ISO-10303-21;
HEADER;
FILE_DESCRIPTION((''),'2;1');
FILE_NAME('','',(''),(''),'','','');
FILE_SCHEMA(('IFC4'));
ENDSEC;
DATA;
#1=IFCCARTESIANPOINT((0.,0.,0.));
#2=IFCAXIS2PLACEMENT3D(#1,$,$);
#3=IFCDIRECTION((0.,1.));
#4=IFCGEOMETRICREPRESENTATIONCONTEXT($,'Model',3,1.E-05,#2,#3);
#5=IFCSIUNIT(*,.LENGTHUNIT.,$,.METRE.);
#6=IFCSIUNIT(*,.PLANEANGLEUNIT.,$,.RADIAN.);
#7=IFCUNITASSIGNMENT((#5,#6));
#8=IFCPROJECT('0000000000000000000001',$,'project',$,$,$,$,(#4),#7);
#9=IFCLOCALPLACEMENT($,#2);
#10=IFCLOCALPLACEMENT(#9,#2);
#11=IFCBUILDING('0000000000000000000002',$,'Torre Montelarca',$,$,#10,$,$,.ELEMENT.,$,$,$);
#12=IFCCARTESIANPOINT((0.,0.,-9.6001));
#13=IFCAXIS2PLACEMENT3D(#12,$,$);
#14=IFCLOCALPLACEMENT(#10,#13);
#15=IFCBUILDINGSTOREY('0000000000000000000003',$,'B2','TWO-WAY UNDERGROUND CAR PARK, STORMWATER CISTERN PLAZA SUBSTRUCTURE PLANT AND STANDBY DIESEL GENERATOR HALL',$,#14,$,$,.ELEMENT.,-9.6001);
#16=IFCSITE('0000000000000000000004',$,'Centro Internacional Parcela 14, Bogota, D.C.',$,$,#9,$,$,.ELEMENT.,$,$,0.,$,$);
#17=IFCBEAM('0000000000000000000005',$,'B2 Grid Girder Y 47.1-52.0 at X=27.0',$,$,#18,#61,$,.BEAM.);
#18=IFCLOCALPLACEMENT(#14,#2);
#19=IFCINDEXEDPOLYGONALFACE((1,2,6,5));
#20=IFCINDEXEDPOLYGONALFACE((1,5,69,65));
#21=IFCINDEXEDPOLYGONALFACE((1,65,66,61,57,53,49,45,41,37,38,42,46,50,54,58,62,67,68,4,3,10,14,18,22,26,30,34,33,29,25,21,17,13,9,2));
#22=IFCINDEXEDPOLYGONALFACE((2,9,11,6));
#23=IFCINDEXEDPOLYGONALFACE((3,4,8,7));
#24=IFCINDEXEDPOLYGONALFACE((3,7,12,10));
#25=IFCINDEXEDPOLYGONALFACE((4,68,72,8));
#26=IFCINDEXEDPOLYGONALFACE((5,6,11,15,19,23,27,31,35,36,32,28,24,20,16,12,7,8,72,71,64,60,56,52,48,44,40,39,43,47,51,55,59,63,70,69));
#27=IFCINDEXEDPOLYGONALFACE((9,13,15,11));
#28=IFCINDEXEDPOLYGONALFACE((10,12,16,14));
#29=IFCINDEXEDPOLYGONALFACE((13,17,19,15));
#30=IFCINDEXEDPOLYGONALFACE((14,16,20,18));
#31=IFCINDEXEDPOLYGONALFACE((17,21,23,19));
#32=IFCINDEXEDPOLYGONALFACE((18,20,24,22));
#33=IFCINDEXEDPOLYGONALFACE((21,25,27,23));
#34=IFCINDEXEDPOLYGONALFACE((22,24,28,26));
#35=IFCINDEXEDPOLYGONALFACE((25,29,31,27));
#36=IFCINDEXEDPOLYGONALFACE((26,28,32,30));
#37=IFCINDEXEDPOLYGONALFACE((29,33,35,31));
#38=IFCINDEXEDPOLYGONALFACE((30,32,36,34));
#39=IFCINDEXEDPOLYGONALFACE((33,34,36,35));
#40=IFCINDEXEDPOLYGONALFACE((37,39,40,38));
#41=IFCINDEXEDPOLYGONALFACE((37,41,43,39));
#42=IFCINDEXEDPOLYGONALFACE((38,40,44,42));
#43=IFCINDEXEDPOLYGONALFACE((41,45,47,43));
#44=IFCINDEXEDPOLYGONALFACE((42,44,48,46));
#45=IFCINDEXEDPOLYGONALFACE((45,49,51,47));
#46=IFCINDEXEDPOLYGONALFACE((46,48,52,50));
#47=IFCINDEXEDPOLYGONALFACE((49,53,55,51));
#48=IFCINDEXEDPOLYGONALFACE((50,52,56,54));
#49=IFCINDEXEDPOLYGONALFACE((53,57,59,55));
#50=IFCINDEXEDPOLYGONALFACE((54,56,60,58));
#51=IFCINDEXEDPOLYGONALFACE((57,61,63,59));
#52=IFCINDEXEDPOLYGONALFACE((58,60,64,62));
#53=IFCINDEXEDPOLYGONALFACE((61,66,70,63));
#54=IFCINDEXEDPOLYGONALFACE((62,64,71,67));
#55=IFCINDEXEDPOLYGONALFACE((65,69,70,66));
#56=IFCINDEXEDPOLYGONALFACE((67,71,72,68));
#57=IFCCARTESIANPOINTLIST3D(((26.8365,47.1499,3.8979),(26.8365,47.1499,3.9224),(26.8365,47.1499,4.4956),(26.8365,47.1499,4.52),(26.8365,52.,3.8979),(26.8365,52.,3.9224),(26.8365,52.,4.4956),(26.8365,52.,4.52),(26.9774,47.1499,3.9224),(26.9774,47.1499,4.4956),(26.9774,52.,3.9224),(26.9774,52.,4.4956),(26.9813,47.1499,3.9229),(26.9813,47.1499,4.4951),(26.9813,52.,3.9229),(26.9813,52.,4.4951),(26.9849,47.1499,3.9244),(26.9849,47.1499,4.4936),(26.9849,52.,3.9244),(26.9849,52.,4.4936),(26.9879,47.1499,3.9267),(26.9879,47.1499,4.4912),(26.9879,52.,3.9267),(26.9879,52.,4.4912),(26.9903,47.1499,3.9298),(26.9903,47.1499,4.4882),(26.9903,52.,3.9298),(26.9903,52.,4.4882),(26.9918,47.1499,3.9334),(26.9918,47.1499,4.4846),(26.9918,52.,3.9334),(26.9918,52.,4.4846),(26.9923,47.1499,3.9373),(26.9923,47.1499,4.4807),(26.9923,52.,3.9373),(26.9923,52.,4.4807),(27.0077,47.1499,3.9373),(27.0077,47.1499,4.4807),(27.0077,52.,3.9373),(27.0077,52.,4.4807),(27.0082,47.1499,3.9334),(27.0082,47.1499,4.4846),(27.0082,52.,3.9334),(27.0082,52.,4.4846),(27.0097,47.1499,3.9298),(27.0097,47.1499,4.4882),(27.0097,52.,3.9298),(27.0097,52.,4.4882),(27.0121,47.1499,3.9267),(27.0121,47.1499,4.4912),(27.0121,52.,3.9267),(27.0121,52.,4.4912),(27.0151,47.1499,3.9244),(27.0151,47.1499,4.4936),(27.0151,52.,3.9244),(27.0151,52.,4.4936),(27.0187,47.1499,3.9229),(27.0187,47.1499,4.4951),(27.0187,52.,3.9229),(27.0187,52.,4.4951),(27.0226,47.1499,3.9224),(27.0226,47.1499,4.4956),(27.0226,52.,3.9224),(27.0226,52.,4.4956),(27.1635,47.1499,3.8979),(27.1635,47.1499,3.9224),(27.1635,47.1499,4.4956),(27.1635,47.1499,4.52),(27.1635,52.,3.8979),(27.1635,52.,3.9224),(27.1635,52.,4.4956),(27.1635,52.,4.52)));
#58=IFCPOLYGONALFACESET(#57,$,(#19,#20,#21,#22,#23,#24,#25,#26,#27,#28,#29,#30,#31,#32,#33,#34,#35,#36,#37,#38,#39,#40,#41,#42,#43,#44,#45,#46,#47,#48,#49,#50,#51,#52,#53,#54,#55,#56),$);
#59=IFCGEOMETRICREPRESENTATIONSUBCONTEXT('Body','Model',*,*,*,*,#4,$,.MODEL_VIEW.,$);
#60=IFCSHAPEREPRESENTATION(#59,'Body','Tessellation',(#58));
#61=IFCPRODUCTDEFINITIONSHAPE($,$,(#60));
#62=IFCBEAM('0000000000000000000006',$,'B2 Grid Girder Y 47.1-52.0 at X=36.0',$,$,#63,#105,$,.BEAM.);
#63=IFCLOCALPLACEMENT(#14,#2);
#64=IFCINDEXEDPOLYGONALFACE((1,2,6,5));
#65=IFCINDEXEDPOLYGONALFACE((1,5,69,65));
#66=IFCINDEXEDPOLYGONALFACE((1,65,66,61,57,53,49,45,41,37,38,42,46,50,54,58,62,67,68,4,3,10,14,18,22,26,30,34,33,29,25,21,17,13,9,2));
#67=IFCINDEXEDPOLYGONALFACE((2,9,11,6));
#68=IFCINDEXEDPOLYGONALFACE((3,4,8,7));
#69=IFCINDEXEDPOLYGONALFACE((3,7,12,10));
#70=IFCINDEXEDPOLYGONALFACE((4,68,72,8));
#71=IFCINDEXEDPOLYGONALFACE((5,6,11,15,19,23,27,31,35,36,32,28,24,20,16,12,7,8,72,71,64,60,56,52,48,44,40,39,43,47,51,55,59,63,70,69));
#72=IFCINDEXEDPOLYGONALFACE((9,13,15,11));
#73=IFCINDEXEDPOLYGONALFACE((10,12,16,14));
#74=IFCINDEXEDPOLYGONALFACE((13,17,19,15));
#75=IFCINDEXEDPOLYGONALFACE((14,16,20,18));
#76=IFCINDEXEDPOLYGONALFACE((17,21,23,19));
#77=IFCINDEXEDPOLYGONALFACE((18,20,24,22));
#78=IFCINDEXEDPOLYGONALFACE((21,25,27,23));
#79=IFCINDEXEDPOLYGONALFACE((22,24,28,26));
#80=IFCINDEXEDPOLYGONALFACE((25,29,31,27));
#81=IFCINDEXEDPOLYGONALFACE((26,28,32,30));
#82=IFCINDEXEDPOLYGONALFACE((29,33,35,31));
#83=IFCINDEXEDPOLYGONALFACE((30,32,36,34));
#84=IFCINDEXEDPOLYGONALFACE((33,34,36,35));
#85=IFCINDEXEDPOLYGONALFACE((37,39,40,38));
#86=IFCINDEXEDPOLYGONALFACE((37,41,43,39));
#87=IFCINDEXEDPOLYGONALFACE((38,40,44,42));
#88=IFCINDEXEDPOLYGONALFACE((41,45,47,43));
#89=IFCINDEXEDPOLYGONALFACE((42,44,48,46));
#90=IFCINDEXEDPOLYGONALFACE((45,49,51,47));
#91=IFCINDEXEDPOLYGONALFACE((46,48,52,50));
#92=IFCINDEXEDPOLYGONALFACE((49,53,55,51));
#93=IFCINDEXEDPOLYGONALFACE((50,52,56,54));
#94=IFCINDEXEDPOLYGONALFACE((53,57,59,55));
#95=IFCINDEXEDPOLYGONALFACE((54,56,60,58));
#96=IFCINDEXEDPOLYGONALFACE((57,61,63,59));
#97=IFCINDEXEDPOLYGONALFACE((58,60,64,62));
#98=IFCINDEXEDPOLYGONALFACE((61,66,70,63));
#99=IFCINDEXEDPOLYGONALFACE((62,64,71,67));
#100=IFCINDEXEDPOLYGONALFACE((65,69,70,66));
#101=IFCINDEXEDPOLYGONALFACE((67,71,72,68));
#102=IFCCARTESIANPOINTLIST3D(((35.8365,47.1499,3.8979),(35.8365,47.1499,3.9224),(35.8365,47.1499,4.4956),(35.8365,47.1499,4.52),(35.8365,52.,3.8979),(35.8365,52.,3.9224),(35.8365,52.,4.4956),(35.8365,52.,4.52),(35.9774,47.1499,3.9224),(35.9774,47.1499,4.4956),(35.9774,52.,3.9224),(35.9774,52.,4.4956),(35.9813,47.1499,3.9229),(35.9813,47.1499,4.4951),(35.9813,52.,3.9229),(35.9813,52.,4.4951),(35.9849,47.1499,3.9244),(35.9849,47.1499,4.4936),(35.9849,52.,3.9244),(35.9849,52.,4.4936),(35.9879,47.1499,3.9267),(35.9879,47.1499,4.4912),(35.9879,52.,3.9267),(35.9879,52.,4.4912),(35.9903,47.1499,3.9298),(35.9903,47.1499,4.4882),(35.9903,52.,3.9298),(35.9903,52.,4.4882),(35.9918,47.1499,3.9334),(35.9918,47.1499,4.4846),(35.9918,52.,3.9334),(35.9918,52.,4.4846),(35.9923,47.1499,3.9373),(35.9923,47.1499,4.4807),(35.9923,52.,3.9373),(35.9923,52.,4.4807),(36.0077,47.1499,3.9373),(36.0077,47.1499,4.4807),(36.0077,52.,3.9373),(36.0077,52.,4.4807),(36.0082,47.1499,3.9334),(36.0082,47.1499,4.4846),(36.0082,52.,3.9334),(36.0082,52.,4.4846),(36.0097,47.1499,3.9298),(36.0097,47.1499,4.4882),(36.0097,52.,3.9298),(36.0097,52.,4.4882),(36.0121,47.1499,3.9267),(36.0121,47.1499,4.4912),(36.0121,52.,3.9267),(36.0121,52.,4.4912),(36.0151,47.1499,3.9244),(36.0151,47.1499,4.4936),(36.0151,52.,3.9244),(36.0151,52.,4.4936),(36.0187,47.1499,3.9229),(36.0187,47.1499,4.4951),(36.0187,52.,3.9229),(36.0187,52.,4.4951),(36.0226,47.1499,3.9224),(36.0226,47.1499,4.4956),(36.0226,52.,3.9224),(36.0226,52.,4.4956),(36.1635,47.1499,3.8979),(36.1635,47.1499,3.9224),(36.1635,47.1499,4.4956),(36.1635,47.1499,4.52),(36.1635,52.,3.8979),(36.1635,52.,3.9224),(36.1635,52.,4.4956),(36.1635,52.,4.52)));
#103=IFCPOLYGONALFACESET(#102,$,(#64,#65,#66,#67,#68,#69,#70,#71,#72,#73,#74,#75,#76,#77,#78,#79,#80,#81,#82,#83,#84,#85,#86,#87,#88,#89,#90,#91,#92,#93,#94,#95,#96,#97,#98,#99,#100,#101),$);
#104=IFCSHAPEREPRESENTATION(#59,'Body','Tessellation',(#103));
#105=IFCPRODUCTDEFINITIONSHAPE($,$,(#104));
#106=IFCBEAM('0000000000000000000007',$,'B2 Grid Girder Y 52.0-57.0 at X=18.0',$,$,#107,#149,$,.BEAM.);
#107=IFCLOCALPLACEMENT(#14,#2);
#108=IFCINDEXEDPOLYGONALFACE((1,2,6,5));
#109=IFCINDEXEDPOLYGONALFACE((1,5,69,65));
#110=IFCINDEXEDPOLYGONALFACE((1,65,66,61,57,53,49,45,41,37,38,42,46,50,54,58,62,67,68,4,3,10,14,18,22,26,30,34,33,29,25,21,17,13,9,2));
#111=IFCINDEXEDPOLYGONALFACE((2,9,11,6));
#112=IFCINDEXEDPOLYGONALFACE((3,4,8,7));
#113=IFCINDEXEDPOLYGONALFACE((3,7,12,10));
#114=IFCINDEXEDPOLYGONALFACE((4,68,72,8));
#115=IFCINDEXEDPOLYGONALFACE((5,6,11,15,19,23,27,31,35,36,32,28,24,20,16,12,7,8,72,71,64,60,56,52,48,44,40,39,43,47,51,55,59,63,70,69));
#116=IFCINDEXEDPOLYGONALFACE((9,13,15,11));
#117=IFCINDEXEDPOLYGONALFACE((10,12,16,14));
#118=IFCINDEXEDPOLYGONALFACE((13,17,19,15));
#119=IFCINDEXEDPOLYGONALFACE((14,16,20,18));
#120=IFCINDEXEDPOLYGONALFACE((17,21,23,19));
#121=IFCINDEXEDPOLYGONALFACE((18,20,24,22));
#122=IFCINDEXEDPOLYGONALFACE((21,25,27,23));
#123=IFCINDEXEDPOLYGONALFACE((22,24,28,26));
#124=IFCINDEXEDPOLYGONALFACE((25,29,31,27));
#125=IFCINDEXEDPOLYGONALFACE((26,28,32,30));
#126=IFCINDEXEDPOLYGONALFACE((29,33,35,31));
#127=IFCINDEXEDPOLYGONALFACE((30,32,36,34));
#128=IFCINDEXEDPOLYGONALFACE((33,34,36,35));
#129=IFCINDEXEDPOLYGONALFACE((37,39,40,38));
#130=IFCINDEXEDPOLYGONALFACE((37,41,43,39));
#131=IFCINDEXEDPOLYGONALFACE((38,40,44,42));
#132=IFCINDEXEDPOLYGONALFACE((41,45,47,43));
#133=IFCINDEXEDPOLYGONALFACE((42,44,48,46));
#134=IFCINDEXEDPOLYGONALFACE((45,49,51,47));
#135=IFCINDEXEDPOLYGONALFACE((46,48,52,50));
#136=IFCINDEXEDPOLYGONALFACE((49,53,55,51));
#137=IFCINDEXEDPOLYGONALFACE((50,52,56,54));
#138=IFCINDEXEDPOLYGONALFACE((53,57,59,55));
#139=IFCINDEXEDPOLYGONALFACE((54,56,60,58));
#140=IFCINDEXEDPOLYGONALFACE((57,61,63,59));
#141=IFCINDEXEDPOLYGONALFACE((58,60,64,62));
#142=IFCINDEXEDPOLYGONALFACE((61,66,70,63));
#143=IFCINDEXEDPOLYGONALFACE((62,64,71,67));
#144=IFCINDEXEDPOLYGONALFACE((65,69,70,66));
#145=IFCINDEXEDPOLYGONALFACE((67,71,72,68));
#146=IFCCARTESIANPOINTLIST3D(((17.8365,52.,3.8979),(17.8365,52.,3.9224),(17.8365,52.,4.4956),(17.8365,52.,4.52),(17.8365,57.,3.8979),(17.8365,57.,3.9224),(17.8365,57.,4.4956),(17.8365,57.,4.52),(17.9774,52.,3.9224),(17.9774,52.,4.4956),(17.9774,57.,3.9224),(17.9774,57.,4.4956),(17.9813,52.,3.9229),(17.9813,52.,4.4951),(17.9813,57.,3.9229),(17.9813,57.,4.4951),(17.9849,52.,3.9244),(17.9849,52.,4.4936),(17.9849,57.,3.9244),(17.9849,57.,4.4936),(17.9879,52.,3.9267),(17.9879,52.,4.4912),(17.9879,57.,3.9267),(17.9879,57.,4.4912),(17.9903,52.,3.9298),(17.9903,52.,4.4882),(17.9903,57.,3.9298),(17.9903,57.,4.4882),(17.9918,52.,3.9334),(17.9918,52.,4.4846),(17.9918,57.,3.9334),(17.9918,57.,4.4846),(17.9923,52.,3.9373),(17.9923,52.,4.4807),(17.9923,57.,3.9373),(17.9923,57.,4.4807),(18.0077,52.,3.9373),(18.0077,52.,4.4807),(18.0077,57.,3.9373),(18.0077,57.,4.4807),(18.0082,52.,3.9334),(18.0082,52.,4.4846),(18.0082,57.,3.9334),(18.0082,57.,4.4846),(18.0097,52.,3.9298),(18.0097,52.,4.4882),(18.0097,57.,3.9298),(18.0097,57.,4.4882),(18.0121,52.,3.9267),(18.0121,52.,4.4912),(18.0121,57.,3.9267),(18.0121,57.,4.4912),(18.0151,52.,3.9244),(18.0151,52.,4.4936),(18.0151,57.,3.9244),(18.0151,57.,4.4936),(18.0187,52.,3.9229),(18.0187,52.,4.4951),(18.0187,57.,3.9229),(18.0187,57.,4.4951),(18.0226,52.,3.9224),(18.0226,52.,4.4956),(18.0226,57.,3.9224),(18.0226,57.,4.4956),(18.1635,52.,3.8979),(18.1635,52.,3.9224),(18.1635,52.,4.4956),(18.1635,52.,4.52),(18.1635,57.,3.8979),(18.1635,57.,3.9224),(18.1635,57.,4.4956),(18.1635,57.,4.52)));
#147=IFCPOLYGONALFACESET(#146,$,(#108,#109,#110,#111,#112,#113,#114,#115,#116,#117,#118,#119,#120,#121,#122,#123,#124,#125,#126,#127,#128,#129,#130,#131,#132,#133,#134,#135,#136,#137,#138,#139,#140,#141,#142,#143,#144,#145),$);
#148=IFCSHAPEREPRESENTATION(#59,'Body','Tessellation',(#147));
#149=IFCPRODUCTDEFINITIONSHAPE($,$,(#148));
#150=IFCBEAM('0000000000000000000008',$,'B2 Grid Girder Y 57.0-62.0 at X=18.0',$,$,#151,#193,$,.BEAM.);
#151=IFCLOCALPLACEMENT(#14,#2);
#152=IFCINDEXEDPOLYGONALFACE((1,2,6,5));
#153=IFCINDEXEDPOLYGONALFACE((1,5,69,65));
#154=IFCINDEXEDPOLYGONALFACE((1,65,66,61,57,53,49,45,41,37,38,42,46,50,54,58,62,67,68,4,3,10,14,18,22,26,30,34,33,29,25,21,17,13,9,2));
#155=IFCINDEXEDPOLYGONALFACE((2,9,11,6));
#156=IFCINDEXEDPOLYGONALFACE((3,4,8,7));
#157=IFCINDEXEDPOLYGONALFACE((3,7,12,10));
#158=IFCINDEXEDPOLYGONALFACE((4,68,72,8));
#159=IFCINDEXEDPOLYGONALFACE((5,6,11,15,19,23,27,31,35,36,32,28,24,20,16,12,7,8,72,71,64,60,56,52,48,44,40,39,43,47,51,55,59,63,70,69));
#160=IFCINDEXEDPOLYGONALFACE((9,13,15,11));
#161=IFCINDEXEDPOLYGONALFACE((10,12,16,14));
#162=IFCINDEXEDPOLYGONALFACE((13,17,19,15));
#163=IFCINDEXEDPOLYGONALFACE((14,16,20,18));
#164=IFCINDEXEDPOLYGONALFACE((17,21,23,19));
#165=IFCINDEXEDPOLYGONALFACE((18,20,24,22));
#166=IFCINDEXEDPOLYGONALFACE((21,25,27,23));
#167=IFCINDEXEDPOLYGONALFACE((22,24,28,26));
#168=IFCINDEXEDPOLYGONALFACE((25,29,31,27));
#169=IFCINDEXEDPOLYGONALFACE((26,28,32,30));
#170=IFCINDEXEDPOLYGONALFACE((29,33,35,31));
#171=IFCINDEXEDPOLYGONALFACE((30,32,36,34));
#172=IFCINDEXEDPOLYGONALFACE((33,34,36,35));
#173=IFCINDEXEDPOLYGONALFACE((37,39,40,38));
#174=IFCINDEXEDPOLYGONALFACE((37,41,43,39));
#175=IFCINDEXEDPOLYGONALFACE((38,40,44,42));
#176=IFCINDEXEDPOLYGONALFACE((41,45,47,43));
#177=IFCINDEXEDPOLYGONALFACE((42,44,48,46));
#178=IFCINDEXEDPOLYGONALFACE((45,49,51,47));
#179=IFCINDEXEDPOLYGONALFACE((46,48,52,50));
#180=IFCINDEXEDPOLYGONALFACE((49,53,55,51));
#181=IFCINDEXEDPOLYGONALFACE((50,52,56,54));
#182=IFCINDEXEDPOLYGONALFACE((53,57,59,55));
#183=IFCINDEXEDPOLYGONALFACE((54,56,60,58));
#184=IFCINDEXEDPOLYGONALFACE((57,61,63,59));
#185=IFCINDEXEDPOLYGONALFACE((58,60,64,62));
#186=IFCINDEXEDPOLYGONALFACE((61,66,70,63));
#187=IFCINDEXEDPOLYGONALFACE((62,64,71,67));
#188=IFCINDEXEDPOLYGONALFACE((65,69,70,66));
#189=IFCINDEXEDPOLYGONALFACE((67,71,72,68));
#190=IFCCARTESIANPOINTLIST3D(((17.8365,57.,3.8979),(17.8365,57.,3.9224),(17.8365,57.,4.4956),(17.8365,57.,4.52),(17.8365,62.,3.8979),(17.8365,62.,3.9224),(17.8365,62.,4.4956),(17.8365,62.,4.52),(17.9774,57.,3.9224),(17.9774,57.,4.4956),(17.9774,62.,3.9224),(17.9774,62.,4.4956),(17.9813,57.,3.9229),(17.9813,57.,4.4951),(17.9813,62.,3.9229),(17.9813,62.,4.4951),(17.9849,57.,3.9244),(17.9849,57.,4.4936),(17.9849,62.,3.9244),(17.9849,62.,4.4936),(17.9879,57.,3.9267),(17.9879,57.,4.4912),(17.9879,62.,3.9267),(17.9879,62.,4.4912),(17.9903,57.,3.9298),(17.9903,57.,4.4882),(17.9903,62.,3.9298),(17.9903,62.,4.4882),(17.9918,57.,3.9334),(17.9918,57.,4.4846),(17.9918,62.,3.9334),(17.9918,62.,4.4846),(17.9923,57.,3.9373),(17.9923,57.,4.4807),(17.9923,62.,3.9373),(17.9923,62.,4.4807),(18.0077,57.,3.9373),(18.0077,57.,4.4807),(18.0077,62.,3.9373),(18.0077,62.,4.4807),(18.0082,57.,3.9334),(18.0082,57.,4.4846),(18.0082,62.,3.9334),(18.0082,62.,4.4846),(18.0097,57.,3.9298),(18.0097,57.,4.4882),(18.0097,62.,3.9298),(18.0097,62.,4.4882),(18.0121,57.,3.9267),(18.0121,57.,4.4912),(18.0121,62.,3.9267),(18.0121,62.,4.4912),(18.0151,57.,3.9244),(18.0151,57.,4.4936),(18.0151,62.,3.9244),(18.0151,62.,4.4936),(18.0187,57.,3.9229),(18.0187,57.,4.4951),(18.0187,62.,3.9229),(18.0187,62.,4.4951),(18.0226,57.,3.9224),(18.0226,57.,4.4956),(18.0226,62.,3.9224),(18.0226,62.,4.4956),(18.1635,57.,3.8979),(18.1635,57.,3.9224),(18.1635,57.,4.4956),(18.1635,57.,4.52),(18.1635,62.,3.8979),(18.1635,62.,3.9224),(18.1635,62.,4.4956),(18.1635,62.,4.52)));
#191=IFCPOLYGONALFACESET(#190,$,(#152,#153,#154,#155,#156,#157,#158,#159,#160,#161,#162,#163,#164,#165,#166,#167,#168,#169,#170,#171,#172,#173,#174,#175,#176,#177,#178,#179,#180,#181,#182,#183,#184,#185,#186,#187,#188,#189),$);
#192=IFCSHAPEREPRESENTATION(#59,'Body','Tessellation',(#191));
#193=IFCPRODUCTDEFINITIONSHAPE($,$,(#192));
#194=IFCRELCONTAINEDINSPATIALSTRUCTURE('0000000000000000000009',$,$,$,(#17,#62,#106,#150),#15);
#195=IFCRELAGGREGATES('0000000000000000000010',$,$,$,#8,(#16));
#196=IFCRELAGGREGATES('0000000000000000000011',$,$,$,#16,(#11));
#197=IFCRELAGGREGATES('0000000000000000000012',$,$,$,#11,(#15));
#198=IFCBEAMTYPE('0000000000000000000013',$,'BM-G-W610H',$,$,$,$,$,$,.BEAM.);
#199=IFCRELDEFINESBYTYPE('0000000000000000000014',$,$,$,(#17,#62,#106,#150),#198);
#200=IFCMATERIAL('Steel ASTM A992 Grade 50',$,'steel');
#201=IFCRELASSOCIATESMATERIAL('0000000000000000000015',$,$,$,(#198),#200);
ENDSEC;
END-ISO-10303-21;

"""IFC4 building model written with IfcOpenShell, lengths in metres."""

from ifc_helpers import new_model, si_unit, direction, frame, origin, origin_2d, place, context, subcontext, project, spatial, i_section, extrude, source, transform, mapped, material, material_profile, profile_set, type_object, element, save


model = new_model("IFC4")

# Units and contexts
model_context = context("Model", 3, precision=1e-05, world=origin(), true_north=direction((0.0, 1.0)))
body_context = subcontext(model_context, "Body", "Model", "MODEL_VIEW")
ifc_project = project(units=[si_unit("LENGTHUNIT", "METRE"), si_unit("PLANEANGLEUNIT", "RADIAN")], contexts=[model_context])

# Site, building, storey
site_placement = place(None, origin())
site = spatial("IfcSite", under=ifc_project, at=site_placement, Name="Centro Internacional Parcela 14, Bogota, D.C.", CompositionType="ELEMENT", RefElevation=0.0)
building_placement = place(site_placement, origin())
building = spatial("IfcBuilding", under=site, at=building_placement, Name="Torre Montelarca", CompositionType="ELEMENT")
storey_placement = place(building_placement, frame((0.0, 0.0, -9.6001)))
storey = spatial("IfcBuildingStorey", under=building, at=storey_placement, Name="B2", Description="TWO-WAY UNDERGROUND CAR PARK, STORMWATER CISTERN PLAZA SUBSTRUCTURE PLANT AND STANDBY DIESEL GENERATOR HALL", CompositionType="ELEMENT", Elevation=-9.6001)

# Beams
ifc_material_1 = material(Name="Steel ASTM A992 Grade 50", Category="steel")
ifc_material_profile_1 = material_profile(ifc_material_1, i_section(OverallWidth=0.3269, OverallDepth=0.6221, WebThickness=0.0154, FlangeThickness=0.0244, FilletRadius=0.0149, at=origin_2d()), Name="W610X195", Category="steel")
ifc_profile_set_1 = profile_set([ifc_material_profile_1], Name="Steel ASTM A992 Grade 50")
beam_type_1 = type_object("IfcBeamType", Name="BM-G-W610H", PredefinedType="BEAM", material=ifc_profile_set_1)
shared_shape_1 = source(origin(), body_context, "Body", "SweptSolid", [
    extrude(i_section(OverallWidth=0.3269, OverallDepth=0.6221, WebThickness=0.0154, FlangeThickness=0.0244, FilletRadius=0.0149, at=origin_2d()), origin(), (0.0, 0.0, 1.0), 4.8501),
])
for number, where, z_axis, x_axis, name in (
    (1, (27.0, 47.1499, 4.209), (0.0, 1.0, 0.0), (-1.0, 0.0, 0.0), "B2 Grid Girder Y 47.1-52.0 at X=27.0"),
    (2, (36.0, 47.1499, 4.209), (0.0, 1.0, 0.0), (-1.0, 0.0, 0.0), "B2 Grid Girder Y 47.1-52.0 at X=36.0"),
):
    element("IfcBeam", number, at=place(storey_placement, frame(where, z_axis=z_axis, x_axis=x_axis)), inside=storey, type_object=beam_type_1, Name=name, PredefinedType="BEAM", context=body_context, shape_type="MappedRepresentation", body=[
        mapped(shared_shape_1, transform((0.0, 0.0, 0.0), scale=1.0)),
    ])
shared_shape_2 = source(origin(), body_context, "Body", "SweptSolid", [
    extrude(i_section(OverallWidth=0.3269, OverallDepth=0.6221, WebThickness=0.0154, FlangeThickness=0.0244, FilletRadius=0.0149, at=origin_2d()), origin(), (0.0, 0.0, 1.0), 5.0),
])
for number, where, z_axis, x_axis, name in (
    (3, (18.0, 52.0, 4.209), (0.0, 1.0, 0.0), (-1.0, 0.0, 0.0), "B2 Grid Girder Y 52.0-57.0 at X=18.0"),
    (4, (18.0, 57.0, 4.209), (0.0, 1.0, 0.0), (-1.0, 0.0, 0.0), "B2 Grid Girder Y 57.0-62.0 at X=18.0"),
):
    element("IfcBeam", number, at=place(storey_placement, frame(where, z_axis=z_axis, x_axis=x_axis)), inside=storey, type_object=beam_type_1, Name=name, PredefinedType="BEAM", context=body_context, shape_type="MappedRepresentation", body=[
        mapped(shared_shape_2, transform((0.0, 0.0, 0.0), scale=1.0)),
    ])

save(model, "model.ifc")
